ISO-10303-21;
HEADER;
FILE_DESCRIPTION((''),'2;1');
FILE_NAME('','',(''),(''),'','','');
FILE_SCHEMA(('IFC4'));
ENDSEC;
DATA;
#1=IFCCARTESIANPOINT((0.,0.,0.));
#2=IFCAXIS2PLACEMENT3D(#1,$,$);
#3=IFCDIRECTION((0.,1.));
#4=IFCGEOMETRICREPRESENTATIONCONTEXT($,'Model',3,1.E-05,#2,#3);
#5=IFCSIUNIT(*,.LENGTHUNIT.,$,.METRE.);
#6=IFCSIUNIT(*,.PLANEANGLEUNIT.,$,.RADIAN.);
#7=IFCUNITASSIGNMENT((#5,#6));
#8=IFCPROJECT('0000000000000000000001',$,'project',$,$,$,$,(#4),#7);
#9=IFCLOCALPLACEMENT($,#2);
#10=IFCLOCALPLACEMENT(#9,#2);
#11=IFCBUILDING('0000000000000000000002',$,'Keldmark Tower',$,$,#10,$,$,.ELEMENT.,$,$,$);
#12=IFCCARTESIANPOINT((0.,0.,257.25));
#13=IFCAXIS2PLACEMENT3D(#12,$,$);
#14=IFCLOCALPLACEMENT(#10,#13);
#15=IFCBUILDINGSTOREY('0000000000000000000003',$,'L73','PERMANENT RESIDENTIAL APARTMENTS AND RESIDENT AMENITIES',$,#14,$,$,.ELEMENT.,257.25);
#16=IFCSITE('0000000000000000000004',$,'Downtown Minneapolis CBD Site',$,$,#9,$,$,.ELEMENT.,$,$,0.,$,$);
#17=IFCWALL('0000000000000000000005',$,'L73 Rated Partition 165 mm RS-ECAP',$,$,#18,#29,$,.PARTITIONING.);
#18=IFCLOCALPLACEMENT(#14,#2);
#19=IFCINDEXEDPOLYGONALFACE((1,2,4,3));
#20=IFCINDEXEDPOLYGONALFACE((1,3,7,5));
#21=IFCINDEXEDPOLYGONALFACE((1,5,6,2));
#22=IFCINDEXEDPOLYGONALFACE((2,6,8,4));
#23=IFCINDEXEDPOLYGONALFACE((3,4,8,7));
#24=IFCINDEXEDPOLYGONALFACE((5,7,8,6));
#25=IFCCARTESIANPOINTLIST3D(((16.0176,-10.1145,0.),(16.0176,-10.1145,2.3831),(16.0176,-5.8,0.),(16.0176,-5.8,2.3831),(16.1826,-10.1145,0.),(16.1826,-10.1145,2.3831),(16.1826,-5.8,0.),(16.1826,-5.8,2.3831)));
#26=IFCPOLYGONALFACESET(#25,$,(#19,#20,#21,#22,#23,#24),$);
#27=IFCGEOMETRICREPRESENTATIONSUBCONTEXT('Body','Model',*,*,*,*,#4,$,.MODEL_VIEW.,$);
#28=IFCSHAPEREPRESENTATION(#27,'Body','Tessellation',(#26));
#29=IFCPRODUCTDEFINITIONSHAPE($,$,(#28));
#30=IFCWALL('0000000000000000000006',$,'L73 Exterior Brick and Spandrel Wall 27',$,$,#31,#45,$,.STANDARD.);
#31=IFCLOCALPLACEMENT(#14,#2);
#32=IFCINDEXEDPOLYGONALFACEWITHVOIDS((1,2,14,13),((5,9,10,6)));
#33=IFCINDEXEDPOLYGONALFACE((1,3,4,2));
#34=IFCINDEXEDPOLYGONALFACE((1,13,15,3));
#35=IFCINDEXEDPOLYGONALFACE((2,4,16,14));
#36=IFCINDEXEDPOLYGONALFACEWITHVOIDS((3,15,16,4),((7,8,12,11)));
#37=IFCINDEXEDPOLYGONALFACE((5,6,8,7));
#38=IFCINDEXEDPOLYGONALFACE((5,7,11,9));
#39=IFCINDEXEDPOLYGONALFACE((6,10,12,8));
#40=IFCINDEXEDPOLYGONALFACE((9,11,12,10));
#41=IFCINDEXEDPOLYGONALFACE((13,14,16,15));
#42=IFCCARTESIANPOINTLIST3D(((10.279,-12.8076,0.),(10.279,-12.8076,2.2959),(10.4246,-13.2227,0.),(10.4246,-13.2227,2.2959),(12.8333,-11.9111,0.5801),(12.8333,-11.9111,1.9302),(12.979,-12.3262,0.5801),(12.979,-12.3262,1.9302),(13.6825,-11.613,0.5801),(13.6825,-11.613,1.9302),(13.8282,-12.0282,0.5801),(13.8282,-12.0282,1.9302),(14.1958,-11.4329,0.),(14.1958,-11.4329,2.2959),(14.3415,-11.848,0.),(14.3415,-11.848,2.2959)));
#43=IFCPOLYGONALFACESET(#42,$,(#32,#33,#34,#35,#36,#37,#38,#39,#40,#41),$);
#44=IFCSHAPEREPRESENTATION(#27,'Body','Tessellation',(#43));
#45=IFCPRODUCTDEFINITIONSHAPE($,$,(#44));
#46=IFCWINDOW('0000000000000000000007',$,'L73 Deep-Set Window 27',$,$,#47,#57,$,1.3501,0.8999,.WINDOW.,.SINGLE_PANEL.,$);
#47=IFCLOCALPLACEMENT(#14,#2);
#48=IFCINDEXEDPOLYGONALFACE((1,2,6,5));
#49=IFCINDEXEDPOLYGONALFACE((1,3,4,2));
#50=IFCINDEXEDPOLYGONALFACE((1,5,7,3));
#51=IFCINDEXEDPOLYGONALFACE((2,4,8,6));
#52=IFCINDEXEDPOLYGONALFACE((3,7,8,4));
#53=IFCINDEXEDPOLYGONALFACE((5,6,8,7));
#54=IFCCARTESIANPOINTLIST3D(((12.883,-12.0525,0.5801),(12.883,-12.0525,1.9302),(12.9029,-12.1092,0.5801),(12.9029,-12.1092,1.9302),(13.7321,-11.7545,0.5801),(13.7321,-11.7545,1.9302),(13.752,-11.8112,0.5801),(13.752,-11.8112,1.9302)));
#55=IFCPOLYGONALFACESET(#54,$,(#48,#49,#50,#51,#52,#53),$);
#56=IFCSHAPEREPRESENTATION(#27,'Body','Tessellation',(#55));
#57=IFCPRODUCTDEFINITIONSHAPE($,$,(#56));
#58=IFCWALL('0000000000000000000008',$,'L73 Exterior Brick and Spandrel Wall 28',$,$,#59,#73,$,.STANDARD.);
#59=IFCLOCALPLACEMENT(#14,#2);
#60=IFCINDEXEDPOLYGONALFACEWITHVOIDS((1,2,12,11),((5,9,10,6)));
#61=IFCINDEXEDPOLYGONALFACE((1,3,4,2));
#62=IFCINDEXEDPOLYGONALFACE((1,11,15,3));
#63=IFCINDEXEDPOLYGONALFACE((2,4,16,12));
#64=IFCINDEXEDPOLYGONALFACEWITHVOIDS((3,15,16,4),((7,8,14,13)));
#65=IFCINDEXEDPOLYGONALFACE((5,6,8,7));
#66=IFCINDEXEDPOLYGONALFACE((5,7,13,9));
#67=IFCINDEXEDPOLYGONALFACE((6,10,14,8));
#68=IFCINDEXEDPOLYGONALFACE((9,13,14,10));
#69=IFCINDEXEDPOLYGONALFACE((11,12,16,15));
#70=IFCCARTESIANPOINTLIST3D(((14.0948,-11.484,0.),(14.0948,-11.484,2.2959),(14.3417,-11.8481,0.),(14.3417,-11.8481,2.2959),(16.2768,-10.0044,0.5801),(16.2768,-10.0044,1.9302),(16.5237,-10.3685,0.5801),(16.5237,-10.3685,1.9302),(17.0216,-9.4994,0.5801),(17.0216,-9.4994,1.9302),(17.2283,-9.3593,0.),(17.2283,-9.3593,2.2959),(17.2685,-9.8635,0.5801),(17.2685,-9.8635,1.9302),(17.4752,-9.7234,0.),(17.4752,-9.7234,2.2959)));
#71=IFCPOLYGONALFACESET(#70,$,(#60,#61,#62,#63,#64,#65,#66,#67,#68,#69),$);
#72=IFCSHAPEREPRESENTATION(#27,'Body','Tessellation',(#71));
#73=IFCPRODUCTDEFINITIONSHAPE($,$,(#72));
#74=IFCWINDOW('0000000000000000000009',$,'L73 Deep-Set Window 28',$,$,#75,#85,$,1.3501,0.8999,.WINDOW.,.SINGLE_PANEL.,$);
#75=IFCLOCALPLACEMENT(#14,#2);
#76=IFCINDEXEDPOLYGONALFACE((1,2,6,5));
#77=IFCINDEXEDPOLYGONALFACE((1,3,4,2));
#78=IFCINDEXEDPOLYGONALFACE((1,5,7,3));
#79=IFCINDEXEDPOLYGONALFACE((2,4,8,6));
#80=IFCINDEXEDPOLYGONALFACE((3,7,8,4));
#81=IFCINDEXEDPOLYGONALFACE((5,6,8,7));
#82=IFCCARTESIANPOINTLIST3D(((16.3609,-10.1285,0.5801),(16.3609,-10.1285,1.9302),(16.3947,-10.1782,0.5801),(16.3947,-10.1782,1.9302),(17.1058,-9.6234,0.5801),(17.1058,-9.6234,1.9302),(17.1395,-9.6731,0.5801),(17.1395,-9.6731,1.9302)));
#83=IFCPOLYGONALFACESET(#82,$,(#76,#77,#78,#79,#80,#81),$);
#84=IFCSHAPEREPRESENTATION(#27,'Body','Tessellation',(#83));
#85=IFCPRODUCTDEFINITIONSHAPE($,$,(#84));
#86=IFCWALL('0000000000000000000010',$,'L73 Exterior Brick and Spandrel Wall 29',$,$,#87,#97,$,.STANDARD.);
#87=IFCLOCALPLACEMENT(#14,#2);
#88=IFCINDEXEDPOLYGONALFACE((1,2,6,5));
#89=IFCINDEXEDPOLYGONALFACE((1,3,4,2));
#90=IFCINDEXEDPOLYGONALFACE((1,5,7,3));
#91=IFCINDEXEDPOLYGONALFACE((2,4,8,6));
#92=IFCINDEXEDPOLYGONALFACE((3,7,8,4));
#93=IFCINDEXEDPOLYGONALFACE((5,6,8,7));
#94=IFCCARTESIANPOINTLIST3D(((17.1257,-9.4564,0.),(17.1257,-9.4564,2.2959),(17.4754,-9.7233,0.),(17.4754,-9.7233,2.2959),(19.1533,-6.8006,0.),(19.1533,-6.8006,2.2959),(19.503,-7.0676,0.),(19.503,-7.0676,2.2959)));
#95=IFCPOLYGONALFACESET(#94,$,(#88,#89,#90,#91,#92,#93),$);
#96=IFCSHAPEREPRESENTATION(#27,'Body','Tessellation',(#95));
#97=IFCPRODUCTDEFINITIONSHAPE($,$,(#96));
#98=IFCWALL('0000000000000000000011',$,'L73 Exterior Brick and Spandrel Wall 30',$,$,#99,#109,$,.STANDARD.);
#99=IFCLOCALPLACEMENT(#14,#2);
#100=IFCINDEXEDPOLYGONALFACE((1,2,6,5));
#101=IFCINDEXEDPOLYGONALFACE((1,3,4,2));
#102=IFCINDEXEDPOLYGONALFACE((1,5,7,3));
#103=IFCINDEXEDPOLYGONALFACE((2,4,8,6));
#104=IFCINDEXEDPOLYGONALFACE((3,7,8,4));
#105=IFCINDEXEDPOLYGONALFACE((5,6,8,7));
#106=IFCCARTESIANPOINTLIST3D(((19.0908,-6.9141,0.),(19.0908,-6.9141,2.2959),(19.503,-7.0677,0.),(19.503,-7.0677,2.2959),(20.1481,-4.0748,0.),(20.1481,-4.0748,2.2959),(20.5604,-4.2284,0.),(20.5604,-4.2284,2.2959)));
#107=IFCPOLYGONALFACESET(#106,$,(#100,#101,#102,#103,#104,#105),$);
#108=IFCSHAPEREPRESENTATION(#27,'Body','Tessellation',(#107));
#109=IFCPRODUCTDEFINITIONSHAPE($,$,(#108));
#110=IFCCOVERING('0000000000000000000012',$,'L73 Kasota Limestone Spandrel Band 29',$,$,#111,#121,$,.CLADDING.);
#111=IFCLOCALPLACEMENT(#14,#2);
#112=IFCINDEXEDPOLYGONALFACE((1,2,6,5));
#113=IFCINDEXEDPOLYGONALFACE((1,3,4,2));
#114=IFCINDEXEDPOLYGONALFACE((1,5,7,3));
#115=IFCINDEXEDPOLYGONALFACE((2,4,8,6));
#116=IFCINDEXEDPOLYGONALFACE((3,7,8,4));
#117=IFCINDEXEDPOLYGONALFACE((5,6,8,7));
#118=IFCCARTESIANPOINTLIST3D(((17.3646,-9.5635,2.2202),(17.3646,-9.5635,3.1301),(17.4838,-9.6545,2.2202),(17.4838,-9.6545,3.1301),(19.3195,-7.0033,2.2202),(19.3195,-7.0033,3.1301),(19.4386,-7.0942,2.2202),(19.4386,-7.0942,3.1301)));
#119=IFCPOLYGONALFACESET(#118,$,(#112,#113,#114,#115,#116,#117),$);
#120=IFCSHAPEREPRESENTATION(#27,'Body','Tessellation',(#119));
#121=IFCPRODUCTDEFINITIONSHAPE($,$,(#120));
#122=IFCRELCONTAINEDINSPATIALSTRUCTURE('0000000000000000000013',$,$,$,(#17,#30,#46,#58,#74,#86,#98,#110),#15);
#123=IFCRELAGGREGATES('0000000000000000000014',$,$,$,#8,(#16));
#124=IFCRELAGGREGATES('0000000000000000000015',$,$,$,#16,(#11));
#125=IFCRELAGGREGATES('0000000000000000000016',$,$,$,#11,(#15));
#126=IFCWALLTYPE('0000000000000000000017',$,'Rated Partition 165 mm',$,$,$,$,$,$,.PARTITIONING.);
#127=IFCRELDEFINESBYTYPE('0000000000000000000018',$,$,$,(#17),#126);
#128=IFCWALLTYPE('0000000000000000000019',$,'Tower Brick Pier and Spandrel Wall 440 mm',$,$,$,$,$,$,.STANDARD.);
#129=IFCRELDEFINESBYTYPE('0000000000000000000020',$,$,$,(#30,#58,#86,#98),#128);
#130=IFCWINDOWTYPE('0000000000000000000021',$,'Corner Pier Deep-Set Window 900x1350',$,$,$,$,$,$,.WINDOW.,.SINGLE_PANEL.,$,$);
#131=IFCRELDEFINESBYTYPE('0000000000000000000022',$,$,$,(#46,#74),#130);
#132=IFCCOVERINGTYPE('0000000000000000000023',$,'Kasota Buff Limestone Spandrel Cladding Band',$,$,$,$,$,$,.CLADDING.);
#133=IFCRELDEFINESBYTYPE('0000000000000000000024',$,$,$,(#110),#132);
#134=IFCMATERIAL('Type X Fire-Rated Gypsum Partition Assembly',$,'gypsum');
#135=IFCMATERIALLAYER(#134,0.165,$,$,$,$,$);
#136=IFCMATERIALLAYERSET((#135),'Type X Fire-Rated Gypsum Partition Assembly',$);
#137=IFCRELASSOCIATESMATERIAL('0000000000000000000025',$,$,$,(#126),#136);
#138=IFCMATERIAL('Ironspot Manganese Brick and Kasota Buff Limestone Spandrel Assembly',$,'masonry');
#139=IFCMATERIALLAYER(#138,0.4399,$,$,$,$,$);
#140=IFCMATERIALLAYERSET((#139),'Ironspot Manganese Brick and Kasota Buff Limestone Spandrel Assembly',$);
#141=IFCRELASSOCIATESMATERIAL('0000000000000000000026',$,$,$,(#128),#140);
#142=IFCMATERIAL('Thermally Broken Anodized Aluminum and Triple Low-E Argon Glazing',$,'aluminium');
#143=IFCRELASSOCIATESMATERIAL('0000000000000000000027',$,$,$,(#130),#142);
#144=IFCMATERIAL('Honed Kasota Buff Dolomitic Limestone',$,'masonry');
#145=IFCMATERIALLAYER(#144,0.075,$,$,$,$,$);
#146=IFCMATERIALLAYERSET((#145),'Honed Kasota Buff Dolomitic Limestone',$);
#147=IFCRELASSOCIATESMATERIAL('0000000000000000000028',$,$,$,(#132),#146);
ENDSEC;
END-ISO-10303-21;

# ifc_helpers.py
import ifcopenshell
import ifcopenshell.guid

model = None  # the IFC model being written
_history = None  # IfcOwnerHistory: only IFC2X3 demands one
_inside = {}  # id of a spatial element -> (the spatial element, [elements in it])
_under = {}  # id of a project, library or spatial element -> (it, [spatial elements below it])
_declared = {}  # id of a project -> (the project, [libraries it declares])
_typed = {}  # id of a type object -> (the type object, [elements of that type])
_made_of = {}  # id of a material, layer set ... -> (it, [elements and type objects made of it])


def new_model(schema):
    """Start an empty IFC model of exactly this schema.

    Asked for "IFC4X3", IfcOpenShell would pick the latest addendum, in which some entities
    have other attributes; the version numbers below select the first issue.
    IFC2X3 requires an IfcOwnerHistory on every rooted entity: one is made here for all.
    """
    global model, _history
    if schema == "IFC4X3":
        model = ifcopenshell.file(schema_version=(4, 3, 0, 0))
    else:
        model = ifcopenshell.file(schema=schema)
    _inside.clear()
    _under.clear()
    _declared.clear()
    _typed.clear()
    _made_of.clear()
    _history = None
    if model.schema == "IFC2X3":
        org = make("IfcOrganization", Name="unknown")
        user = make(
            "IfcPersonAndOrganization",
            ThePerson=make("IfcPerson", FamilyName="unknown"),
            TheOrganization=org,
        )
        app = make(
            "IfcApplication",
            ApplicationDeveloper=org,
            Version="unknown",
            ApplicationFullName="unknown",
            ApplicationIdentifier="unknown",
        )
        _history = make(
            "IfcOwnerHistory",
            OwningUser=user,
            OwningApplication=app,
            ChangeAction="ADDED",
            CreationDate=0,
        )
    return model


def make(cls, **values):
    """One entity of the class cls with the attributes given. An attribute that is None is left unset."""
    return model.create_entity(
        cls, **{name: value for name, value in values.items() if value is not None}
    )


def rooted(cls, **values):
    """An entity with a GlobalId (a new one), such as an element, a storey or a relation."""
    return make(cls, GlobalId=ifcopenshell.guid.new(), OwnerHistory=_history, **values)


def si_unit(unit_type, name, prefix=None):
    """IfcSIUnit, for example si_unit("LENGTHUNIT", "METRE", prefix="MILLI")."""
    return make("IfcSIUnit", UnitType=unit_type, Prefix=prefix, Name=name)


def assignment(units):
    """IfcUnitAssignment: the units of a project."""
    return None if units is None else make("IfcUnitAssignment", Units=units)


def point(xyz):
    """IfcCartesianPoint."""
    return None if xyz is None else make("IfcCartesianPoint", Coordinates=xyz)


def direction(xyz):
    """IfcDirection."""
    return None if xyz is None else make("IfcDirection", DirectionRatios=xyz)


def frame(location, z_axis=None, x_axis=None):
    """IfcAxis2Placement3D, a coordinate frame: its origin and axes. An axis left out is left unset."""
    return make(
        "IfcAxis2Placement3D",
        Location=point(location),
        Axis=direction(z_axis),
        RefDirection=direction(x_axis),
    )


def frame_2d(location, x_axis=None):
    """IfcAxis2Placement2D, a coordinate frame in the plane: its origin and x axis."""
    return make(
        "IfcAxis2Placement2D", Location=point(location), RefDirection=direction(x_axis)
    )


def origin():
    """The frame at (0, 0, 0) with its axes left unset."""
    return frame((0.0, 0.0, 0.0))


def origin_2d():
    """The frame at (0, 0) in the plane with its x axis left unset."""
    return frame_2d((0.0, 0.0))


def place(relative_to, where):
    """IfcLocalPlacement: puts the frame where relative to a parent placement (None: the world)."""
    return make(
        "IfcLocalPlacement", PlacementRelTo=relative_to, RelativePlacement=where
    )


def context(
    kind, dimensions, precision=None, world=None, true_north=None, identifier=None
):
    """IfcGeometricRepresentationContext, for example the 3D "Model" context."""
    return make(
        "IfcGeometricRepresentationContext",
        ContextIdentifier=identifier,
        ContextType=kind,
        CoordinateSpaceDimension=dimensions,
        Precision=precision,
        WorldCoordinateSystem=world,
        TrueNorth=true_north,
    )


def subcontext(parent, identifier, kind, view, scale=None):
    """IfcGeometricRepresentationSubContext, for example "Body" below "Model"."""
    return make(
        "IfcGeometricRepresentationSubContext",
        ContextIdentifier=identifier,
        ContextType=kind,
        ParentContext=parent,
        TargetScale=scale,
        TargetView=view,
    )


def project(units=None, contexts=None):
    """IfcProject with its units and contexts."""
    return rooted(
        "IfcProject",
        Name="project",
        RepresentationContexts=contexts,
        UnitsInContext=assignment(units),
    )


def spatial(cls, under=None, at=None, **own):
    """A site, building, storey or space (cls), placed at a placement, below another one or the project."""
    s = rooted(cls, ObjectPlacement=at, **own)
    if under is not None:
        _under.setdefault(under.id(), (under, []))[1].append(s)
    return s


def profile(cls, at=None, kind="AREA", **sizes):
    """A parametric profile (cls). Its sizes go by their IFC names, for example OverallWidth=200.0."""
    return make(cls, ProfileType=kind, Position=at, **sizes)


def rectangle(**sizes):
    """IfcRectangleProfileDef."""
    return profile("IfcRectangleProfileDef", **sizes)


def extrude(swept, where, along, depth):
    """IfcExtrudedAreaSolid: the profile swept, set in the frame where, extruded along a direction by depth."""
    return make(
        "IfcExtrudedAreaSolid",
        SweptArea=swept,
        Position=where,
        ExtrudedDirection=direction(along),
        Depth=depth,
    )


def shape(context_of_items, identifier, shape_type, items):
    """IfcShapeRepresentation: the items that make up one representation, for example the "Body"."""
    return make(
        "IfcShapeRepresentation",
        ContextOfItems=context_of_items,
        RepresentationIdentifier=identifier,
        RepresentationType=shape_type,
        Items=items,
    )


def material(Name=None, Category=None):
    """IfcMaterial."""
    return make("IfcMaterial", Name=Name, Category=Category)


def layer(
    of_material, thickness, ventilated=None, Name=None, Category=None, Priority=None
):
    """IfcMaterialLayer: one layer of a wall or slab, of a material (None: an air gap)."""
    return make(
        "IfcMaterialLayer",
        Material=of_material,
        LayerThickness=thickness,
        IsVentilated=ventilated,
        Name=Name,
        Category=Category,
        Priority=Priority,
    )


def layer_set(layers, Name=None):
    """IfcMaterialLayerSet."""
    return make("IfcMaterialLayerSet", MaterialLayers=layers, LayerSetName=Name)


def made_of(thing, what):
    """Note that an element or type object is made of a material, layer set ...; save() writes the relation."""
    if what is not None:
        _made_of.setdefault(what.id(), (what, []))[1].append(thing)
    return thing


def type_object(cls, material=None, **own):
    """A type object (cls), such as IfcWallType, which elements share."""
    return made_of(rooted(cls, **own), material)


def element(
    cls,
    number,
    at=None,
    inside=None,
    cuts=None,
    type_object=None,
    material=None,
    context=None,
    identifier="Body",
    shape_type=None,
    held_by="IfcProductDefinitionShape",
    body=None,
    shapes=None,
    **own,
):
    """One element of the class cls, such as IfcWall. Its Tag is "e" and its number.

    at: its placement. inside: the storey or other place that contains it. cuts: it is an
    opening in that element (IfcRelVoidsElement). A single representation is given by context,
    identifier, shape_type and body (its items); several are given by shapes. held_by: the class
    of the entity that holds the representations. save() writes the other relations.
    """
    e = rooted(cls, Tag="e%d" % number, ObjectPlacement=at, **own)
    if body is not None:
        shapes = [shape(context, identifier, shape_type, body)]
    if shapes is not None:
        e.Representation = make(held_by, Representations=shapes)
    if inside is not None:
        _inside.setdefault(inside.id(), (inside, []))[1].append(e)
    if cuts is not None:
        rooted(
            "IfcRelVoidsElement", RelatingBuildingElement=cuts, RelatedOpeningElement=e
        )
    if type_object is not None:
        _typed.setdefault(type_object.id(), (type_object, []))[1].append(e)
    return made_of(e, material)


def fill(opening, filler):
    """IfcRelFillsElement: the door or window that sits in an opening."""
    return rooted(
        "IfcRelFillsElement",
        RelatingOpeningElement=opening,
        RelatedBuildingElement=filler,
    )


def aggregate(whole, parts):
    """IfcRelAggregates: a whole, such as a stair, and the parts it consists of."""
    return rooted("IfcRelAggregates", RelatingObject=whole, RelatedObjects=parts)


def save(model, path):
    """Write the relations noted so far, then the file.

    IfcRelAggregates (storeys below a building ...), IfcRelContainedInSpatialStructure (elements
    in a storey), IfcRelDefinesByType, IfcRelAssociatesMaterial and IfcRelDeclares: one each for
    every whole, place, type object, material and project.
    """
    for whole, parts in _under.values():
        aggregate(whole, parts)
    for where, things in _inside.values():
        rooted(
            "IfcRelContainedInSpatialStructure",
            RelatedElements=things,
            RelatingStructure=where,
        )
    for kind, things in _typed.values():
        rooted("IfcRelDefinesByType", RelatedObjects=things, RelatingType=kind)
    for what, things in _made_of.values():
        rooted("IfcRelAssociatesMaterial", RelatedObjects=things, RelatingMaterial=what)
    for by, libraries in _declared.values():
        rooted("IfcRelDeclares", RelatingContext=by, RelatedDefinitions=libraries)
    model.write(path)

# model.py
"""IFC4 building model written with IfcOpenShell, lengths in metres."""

from ifc_helpers import new_model, si_unit, direction, frame, frame_2d, origin, origin_2d, place, context, subcontext, project, spatial, rectangle, extrude, material, layer, layer_set, type_object, element, fill, save


model = new_model("IFC4")

# Units and contexts
model_context = context("Model", 3, precision=1e-05, world=origin(), true_north=direction((0.0, 1.0)))
body_context = subcontext(model_context, "Body", "Model", "MODEL_VIEW")
ifc_project = project(units=[si_unit("LENGTHUNIT", "METRE"), si_unit("PLANEANGLEUNIT", "RADIAN")], contexts=[model_context])

# Site, building, storey
site_placement = place(None, origin())
site = spatial("IfcSite", under=ifc_project, at=site_placement, Name="Downtown Minneapolis CBD Site", CompositionType="ELEMENT", RefElevation=0.0)
building_placement = place(site_placement, origin())
building = spatial("IfcBuilding", under=site, at=building_placement, Name="Keldmark Tower", CompositionType="ELEMENT")
storey_placement = place(building_placement, frame((0.0, 0.0, 257.25)))
storey = spatial("IfcBuildingStorey", under=building, at=storey_placement, Name="L73", Description="PERMANENT RESIDENTIAL APARTMENTS AND RESIDENT AMENITIES", CompositionType="ELEMENT", Elevation=257.25)

# Shared definitions
ifc_material_1 = material(Name="Type X Fire-Rated Gypsum Partition Assembly", Category="gypsum")
ifc_layer_1 = layer(ifc_material_1, 0.165)
ifc_layer_set_1 = layer_set([ifc_layer_1], Name="Type X Fire-Rated Gypsum Partition Assembly")
wall_type_1 = type_object("IfcWallType", Name="Rated Partition 165 mm", PredefinedType="PARTITIONING", material=ifc_layer_set_1)

# Wall
wall_1_placement = place(storey_placement, frame((16.1001, -10.1145, 0.0), z_axis=(0.0, 0.0, 1.0), x_axis=(0.0, 1.0, 0.0)))
element("IfcWall", 1, at=wall_1_placement, inside=storey, type_object=wall_type_1, Name="L73 Rated Partition 165 mm RS-ECAP", PredefinedType="PARTITIONING", context=body_context, shape_type="SweptSolid", body=[
    extrude(rectangle(XDim=4.3145, YDim=0.165, at=frame_2d((2.1572, 0.0))), origin(), (0.0, 0.0, 1.0), 2.3831),
])

# Walls, openings, windows
ifc_material_2 = material(Name="Ironspot Manganese Brick and Kasota Buff Limestone Spandrel Assembly", Category="masonry")
ifc_layer_2 = layer(ifc_material_2, 0.4399)
ifc_layer_set_2 = layer_set([ifc_layer_2], Name="Ironspot Manganese Brick and Kasota Buff Limestone Spandrel Assembly")
wall_type_2 = type_object("IfcWallType", Name="Tower Brick Pier and Spandrel Wall 440 mm", PredefinedType="STANDARD", material=ifc_layer_set_2)
wall_2_placement = place(storey_placement, frame((14.2688, -11.6404, 0.0), z_axis=(0.0, 0.0, 1.0), x_axis=(-0.943572, -0.331168, 0.0)))
wall_2 = element("IfcWall", 2, at=wall_2_placement, inside=storey, type_object=wall_type_2, Name="L73 Exterior Brick and Spandrel Wall 27", PredefinedType="STANDARD", context=body_context, shape_type="SweptSolid", body=[
    extrude(rectangle(XDim=4.1511, YDim=0.4399, at=frame_2d((2.0757, 0.0))), origin(), (0.0, 0.0, 1.0), 2.2959),
])
opening_1_placement = place(wall_2_placement, frame((0.5442, 0.0, 0.5801)))
opening_1 = element("IfcOpeningElement", 3, at=opening_1_placement, cuts=wall_2, PredefinedType="OPENING", context=body_context, shape_type="SweptSolid", body=[
    extrude(rectangle(XDim=0.8999, YDim=1.3501, at=frame_2d((0.45, 0.675))), frame((0.0, 0.23, 0.0), z_axis=(0.0, -1.0, 0.0), x_axis=(1.0, 0.0, 0.0)), (0.0, 0.0, 1.0), 0.46),
])
ifc_material_3 = material(Name="Thermally Broken Anodized Aluminum and Triple Low-E Argon Glazing", Category="aluminium")
window_type = type_object("IfcWindowType", Name="Corner Pier Deep-Set Window 900x1350", PartitioningType="SINGLE_PANEL", PredefinedType="WINDOW", material=ifc_material_3)
window_1_placement = place(opening_1_placement, origin())
window_1 = element("IfcWindow", 4, at=window_1_placement, inside=storey, type_object=window_type, Name="L73 Deep-Set Window 27", OverallHeight=1.3501, OverallWidth=0.8999, PartitioningType="SINGLE_PANEL", PredefinedType="WINDOW", context=body_context, shape_type="SweptSolid", body=[
    extrude(rectangle(XDim=0.8999, YDim=1.3501, at=frame_2d((0.45, 0.675))), frame((0.0, -0.01, 0.0), z_axis=(0.0, -1.0, 0.0), x_axis=(1.0, 0.0, 0.0)), (0.0, 0.0, 1.0), 0.0601),
])
fill(opening_1, window_1)
wall_3_placement = place(storey_placement, frame((17.3518, -9.5413, 0.0), z_axis=(0.0, 0.0, 1.0), x_axis=(-0.827669, -0.561216, 0.0)))
wall_3 = element("IfcWall", 5, at=wall_3_placement, inside=storey, type_object=wall_type_2, Name="L73 Exterior Brick and Spandrel Wall 28", PredefinedType="STANDARD", context=body_context, shape_type="SweptSolid", body=[
    extrude(rectangle(XDim=3.7859, YDim=0.4399, at=frame_2d((1.8931, 0.0))), origin(), (0.0, 0.0, 1.0), 2.2959),
])
opening_2_placement = place(wall_3_placement, frame((0.2498, 0.0, 0.5801)))
opening_2 = element("IfcOpeningElement", 6, at=opening_2_placement, cuts=wall_3, PredefinedType="OPENING", context=body_context, shape_type="SweptSolid", body=[
    extrude(rectangle(XDim=0.8999, YDim=1.3501, at=frame_2d((0.45, 0.675))), frame((0.0, 0.23, 0.0), z_axis=(0.0, -1.0, 0.0), x_axis=(1.0, 0.0, 0.0)), (0.0, 0.0, 1.0), 0.46),
])
window_2_placement = place(opening_2_placement, origin())
window_2 = element("IfcWindow", 7, at=window_2_placement, inside=storey, type_object=window_type, Name="L73 Deep-Set Window 28", OverallHeight=1.3501, OverallWidth=0.8999, PartitioningType="SINGLE_PANEL", PredefinedType="WINDOW", context=body_context, shape_type="SweptSolid", body=[
    extrude(rectangle(XDim=0.8999, YDim=1.3501, at=frame_2d((0.45, 0.675))), frame((0.0, -0.01, 0.0), z_axis=(0.0, -1.0, 0.0), x_axis=(1.0, 0.0, 0.0)), (0.0, 0.0, 1.0), 0.0601),
])
fill(opening_2, window_2)

# Walls
wall_4_placement = place(storey_placement, frame((19.3281, -6.9341, 0.0), z_axis=(0.0, 0.0, 1.0), x_axis=(-0.606829, -0.794833, 0.0)))
element("IfcWall", 8, at=wall_4_placement, inside=storey, type_object=wall_type_2, Name="L73 Exterior Brick and Spandrel Wall 29", PredefinedType="STANDARD", context=body_context, shape_type="SweptSolid", body=[
    extrude(rectangle(XDim=3.3413, YDim=0.4399, at=frame_2d((1.6707, 0.0))), origin(), (0.0, 0.0, 1.0), 2.2959),
])
wall_5_placement = place(storey_placement, frame((20.3542, -4.1516, 0.0), z_axis=(0.0, 0.0, 1.0), x_axis=(-0.348986, -0.937128, 0.0)))
element("IfcWall", 9, at=wall_5_placement, inside=storey, type_object=wall_type_2, Name="L73 Exterior Brick and Spandrel Wall 30", PredefinedType="STANDARD", context=body_context, shape_type="SweptSolid", body=[
    extrude(rectangle(XDim=3.0298, YDim=0.4399, at=frame_2d((1.5149, 0.0))), origin(), (0.0, 0.0, 1.0), 2.2959),
])

# Covering
ifc_material_4 = material(Name="Honed Kasota Buff Dolomitic Limestone", Category="masonry")
ifc_layer_3 = layer(ifc_material_4, 0.075)
ifc_layer_set_3 = layer_set([ifc_layer_3], Name="Honed Kasota Buff Dolomitic Limestone")
covering_type = type_object("IfcCoveringType", Name="Kasota Buff Limestone Spandrel Cladding Band", PredefinedType="CLADDING", material=ifc_layer_set_3)
covering_placement = place(storey_placement, frame((18.4016, -8.3289, 2.2202), z_axis=(0.0, 0.0, 1.0), x_axis=(0.606863, 0.794807, 0.0)))
element("IfcCovering", 10, at=covering_placement, inside=storey, type_object=covering_type, Name="L73 Kasota Limestone Spandrel Band 29", PredefinedType="CLADDING", context=body_context, shape_type="SweptSolid", body=[
    extrude(rectangle(XDim=3.2212, YDim=0.1499, at=origin_2d()), origin(), (0.0, 0.0, 1.0), 0.9099),
])

save(model, "model.ifc")
